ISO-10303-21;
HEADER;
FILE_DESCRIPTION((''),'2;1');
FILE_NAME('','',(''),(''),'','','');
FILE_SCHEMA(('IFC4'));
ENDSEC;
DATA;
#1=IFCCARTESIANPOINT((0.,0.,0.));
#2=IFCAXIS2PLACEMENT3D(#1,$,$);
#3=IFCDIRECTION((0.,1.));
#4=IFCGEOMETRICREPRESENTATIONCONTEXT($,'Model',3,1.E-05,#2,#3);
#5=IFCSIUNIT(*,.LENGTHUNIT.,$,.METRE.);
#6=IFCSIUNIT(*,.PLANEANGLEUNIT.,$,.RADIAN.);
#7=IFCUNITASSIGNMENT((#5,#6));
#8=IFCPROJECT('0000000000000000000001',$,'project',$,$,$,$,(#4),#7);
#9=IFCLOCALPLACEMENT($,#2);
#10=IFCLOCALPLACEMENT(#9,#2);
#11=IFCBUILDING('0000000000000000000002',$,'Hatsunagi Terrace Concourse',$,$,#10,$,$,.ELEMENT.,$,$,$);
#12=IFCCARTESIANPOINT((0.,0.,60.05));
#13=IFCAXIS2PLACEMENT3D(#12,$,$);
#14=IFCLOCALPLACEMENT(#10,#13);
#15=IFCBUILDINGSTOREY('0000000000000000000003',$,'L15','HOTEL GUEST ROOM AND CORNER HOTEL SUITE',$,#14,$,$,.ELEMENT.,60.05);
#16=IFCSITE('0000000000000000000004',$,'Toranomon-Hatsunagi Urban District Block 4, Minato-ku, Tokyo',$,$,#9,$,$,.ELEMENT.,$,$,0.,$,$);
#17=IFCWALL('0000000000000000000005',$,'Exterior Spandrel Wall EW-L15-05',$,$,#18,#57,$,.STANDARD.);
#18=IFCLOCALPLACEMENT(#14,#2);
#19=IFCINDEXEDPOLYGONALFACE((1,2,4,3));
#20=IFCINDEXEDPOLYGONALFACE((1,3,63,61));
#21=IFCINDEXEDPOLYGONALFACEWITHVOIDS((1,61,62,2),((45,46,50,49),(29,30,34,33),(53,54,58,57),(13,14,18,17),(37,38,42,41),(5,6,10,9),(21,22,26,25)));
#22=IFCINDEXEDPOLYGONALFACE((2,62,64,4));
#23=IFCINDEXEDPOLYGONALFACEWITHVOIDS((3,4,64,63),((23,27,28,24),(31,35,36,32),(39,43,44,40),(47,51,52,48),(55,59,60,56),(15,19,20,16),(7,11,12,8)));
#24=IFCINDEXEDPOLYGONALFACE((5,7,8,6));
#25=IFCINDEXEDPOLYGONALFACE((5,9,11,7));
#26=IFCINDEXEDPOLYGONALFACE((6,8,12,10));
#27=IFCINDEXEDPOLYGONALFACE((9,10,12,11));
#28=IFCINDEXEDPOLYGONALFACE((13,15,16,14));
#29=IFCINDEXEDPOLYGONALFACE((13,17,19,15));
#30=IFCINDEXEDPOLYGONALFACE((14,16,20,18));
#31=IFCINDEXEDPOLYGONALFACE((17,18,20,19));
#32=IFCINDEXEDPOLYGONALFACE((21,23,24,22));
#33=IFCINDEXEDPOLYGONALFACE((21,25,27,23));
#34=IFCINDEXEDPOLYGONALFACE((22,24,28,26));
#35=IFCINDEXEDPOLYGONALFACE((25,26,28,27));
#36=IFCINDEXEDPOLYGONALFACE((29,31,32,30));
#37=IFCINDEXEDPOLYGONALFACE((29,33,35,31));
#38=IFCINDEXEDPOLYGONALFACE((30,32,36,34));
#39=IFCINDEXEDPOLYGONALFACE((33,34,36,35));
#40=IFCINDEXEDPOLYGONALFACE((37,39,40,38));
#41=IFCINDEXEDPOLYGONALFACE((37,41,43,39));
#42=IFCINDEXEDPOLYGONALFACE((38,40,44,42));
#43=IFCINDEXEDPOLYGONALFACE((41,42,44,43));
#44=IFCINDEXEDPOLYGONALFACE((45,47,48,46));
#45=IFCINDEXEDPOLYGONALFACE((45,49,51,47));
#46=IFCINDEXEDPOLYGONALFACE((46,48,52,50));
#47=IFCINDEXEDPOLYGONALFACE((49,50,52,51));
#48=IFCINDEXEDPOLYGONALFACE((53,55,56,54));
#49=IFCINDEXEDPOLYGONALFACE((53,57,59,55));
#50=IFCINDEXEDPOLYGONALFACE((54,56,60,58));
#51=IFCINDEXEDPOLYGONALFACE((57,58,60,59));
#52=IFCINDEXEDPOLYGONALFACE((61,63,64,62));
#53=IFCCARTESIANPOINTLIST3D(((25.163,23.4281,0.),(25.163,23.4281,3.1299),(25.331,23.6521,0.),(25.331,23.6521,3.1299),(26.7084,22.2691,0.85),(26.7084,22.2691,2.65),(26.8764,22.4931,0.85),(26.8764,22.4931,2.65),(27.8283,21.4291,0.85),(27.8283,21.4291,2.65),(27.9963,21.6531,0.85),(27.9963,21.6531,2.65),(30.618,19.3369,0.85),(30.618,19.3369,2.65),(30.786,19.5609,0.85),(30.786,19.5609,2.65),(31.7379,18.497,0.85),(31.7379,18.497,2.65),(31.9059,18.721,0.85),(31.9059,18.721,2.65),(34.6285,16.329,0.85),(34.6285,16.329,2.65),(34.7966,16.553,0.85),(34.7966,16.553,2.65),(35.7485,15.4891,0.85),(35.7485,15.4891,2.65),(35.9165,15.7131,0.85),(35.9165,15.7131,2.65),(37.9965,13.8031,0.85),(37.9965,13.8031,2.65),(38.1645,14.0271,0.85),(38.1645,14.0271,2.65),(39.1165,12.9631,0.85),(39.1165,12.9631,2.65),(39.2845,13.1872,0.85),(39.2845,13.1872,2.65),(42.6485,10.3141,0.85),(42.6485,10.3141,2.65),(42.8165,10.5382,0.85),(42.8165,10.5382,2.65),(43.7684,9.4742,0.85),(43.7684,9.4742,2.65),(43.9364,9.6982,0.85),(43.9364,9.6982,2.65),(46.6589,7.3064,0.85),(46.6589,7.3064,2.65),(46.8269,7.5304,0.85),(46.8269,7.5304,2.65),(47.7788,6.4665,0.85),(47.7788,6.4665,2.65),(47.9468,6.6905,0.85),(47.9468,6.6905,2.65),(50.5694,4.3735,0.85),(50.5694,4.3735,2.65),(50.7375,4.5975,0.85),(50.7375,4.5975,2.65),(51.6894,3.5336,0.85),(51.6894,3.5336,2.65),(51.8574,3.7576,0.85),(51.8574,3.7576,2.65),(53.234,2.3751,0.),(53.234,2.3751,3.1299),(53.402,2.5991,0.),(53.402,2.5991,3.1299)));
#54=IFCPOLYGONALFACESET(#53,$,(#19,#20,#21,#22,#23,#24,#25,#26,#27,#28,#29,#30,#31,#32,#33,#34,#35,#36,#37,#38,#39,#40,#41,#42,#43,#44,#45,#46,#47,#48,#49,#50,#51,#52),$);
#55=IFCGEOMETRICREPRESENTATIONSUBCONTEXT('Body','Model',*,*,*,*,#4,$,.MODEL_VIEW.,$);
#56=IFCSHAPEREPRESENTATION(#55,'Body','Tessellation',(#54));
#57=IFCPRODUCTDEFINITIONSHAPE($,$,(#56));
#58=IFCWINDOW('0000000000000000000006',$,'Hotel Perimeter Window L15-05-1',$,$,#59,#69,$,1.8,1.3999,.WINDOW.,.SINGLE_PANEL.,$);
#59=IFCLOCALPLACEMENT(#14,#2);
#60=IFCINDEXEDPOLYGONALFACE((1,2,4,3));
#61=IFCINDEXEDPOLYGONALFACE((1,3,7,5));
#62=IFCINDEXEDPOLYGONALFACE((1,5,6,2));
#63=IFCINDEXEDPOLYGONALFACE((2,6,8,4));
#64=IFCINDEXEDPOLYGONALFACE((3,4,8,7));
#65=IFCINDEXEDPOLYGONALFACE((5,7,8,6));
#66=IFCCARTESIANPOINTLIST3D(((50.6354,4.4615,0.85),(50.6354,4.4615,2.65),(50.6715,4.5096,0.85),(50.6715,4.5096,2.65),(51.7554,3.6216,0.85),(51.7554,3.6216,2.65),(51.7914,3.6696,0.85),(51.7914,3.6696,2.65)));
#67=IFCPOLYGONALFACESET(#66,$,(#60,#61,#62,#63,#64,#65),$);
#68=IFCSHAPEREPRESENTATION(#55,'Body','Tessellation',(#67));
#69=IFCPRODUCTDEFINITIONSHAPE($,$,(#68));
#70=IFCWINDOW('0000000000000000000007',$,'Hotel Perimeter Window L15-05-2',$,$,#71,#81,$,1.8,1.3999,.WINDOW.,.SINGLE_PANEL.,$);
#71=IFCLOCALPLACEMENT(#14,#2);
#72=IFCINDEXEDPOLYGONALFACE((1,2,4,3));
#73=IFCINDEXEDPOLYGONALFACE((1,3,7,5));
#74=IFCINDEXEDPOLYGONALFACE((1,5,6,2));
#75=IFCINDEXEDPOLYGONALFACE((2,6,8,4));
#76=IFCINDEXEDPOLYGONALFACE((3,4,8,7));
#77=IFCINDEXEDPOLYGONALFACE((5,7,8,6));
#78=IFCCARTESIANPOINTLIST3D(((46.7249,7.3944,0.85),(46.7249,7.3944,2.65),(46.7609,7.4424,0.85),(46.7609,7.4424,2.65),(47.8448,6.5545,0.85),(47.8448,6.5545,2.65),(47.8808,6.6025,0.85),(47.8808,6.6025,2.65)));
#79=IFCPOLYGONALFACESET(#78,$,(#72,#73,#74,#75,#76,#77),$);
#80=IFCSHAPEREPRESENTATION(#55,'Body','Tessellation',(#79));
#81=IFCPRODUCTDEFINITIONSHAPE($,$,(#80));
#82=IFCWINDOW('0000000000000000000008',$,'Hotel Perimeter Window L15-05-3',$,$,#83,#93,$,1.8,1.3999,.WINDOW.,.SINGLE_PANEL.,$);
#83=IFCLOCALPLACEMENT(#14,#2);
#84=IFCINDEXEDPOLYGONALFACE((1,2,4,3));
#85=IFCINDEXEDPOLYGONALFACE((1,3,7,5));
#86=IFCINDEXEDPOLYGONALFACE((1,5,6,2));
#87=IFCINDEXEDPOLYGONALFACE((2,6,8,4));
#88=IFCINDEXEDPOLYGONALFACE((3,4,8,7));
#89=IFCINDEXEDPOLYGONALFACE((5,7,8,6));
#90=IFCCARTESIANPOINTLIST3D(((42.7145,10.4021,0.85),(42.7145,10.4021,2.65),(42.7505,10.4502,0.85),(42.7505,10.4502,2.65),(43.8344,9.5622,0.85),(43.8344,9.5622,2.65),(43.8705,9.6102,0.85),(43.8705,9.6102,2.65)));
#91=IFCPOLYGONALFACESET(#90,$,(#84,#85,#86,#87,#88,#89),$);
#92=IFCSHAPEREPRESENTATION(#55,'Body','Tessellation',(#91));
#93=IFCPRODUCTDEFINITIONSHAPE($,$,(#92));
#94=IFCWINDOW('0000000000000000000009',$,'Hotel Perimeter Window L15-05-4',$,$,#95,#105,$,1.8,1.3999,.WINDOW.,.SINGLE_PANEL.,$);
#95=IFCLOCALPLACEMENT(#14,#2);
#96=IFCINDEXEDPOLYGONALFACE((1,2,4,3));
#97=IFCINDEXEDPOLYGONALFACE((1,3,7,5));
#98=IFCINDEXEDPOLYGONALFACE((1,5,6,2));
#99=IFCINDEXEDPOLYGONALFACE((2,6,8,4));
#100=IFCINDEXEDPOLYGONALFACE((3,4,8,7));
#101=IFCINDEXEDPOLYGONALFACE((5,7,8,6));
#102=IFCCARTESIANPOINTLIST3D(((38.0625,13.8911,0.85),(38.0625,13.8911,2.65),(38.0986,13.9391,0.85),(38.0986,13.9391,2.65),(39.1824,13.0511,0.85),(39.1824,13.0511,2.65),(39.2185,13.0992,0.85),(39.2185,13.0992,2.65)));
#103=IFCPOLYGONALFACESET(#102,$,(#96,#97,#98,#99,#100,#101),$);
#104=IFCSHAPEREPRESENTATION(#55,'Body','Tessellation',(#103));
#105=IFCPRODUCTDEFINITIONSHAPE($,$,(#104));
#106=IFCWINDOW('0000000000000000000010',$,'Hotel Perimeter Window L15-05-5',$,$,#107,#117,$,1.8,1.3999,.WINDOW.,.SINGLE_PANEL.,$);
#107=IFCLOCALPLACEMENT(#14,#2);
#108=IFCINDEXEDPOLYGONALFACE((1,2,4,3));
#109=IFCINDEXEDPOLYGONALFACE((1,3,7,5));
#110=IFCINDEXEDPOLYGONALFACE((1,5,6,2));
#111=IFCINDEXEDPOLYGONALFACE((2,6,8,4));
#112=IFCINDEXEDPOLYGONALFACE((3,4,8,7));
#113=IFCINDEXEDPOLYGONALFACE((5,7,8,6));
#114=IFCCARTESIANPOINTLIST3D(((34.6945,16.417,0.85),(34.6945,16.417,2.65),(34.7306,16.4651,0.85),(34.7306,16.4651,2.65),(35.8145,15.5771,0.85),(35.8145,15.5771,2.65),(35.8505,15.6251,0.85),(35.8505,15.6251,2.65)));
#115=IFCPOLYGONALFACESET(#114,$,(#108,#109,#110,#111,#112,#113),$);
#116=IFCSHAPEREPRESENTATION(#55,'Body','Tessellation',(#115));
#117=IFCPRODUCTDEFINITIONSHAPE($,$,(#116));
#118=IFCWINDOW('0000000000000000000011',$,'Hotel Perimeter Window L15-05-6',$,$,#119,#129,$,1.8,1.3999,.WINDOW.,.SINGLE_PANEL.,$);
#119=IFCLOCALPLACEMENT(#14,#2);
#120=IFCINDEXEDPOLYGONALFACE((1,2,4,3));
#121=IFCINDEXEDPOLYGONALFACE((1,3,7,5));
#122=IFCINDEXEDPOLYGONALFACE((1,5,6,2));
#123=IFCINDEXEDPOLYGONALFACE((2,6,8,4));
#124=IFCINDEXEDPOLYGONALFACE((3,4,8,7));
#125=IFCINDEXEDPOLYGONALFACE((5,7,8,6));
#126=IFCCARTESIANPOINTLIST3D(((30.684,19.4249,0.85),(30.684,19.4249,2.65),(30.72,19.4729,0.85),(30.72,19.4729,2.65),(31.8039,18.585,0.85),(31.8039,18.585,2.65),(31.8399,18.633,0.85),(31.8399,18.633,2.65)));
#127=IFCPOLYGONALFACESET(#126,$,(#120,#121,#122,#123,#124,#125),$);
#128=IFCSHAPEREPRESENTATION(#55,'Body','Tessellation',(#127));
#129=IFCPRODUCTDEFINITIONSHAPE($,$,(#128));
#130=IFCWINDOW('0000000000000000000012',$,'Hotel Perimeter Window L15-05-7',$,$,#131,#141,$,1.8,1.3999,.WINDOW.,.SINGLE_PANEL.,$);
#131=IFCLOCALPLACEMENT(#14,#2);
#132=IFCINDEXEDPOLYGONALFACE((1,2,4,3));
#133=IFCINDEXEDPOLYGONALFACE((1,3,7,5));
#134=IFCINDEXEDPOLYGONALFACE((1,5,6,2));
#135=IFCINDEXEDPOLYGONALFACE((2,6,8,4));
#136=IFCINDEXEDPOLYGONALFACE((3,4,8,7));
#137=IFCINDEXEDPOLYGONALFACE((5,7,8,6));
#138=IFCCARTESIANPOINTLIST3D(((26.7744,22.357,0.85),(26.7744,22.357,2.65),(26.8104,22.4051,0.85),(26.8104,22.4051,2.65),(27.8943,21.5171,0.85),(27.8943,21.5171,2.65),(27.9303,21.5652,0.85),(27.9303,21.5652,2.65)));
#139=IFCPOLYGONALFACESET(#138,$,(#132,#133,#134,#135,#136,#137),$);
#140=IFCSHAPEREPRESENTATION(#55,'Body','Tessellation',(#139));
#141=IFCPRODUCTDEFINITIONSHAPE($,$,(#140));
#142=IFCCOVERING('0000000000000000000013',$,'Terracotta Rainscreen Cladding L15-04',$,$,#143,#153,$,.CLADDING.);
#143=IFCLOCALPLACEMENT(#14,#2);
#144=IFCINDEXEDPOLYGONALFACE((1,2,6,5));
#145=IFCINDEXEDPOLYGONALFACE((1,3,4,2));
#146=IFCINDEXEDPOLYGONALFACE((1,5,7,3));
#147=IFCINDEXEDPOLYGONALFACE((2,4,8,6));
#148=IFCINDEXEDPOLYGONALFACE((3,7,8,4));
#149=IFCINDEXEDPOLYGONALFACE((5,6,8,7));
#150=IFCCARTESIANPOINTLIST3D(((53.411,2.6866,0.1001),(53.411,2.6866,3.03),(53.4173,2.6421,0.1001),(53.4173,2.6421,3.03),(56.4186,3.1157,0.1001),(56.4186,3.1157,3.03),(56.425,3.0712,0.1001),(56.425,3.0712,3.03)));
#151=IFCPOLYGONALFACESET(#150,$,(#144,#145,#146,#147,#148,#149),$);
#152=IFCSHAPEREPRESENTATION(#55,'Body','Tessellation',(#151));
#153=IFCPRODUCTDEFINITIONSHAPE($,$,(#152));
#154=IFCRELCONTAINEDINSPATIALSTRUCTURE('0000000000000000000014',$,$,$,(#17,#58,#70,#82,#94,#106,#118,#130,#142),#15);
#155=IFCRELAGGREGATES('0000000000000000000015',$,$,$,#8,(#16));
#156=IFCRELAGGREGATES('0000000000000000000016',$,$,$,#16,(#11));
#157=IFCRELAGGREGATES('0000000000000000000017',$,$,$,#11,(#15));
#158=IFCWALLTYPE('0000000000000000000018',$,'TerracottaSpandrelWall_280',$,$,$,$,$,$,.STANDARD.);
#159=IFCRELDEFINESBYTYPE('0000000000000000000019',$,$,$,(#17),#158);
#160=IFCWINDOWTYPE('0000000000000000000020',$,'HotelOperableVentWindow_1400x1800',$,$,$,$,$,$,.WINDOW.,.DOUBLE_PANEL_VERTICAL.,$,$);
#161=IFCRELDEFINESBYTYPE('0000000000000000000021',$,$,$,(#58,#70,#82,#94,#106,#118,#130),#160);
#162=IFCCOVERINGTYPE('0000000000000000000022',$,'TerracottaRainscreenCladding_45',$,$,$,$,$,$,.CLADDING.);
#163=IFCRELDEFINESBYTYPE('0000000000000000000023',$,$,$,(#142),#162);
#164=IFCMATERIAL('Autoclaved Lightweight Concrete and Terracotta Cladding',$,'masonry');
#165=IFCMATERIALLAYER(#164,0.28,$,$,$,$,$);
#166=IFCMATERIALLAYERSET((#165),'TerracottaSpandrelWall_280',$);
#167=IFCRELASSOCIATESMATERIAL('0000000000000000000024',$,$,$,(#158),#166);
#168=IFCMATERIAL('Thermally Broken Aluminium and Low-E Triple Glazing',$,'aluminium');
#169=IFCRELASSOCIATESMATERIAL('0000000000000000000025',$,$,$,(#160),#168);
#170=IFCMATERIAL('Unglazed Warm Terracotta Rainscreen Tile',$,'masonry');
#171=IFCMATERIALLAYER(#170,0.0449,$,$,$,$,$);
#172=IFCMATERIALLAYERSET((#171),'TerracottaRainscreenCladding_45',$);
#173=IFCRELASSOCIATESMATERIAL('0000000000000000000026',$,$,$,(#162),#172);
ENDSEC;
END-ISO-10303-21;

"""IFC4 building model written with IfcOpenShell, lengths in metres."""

from ifc_helpers import new_model, si_unit, direction, frame, frame_2d, origin, origin_2d, place, context, subcontext, project, spatial, rectangle, extrude, material, layer, layer_set, type_object, element, fill, save


model = new_model("IFC4")

# Units and contexts
model_context = context("Model", 3, precision=1e-05, world=origin(), true_north=direction((0.0, 1.0)))
body_context = subcontext(model_context, "Body", "Model", "MODEL_VIEW")
ifc_project = project(units=[si_unit("LENGTHUNIT", "METRE"), si_unit("PLANEANGLEUNIT", "RADIAN")], contexts=[model_context])

# Site, building, storey
site_placement = place(None, origin())
site = spatial("IfcSite", under=ifc_project, at=site_placement, Name="Toranomon-Hatsunagi Urban District Block 4, Minato-ku, Tokyo", CompositionType="ELEMENT", RefElevation=0.0)
building_placement = place(site_placement, origin())
building = spatial("IfcBuilding", under=site, at=building_placement, Name="Hatsunagi Terrace Concourse", CompositionType="ELEMENT")
storey_placement = place(building_placement, frame((0.0, 0.0, 60.05)))
storey = spatial("IfcBuildingStorey", under=building, at=storey_placement, Name="L15", Description="HOTEL GUEST ROOM AND CORNER HOTEL SUITE", CompositionType="ELEMENT", Elevation=60.05)

# Wall, openings, windows
ifc_material_1 = material(Name="Autoclaved Lightweight Concrete and Terracotta Cladding", Category="masonry")
ifc_layer_1 = layer(ifc_material_1, 0.28)
ifc_layer_set_1 = layer_set([ifc_layer_1], Name="TerracottaSpandrelWall_280")
wall_type_1 = type_object("IfcWallType", Name="TerracottaSpandrelWall_280", PredefinedType="STANDARD", material=ifc_layer_set_1)
wall_1_placement = place(storey_placement, frame((53.3181, 2.4871, 0.0), z_axis=(0.0, 0.0, 1.0), x_axis=(-0.800004, 0.599994, 0.0)))
wall_1 = element("IfcWall", 1, at=wall_1_placement, inside=storey, type_object=wall_type_1, Name="Exterior Spandrel Wall EW-L15-05", PredefinedType="STANDARD", context=body_context, shape_type="SweptSolid", body=[
    extrude(rectangle(XDim=35.0886, YDim=0.28, at=frame_2d((17.5444, 0.0))), origin(), (0.0, 0.0, 1.0), 3.1299),
])
opening_1_placement = place(wall_1_placement, frame((1.9309, 0.0, 0.8501)))
opening_1 = element("IfcOpeningElement", 2, at=opening_1_placement, cuts=wall_1, PredefinedType="OPENING", context=body_context, shape_type="SweptSolid", body=[
    extrude(rectangle(XDim=1.3999, YDim=1.8, at=frame_2d((0.7, 0.8999))), frame((0.0, 0.1499, 0.0), z_axis=(0.0, -1.0, 0.0), x_axis=(1.0, 0.0, 0.0)), (0.0, 0.0, 1.0), 0.3),
])
opening_2_placement = place(wall_1_placement, frame((6.8191, 0.0, 0.8501)))
opening_2 = element("IfcOpeningElement", 3, at=opening_2_placement, cuts=wall_1, PredefinedType="OPENING", context=body_context, shape_type="SweptSolid", body=[
    extrude(rectangle(XDim=1.3999, YDim=1.8, at=frame_2d((0.7, 0.8999))), frame((0.0, 0.1499, 0.0), z_axis=(0.0, -1.0, 0.0), x_axis=(1.0, 0.0, 0.0)), (0.0, 0.0, 1.0), 0.3),
])
opening_3_placement = place(wall_1_placement, frame((11.832, 0.0, 0.8501)))
opening_3 = element("IfcOpeningElement", 4, at=opening_3_placement, cuts=wall_1, PredefinedType="OPENING", context=body_context, shape_type="SweptSolid", body=[
    extrude(rectangle(XDim=1.3999, YDim=1.8, at=frame_2d((0.7, 0.8999))), frame((0.0, 0.1499, 0.0), z_axis=(0.0, -1.0, 0.0), x_axis=(1.0, 0.0, 0.0)), (0.0, 0.0, 1.0), 0.3),
])
opening_4_placement = place(wall_1_placement, frame((17.647, 0.0, 0.8501)))
opening_4 = element("IfcOpeningElement", 5, at=opening_4_placement, cuts=wall_1, PredefinedType="OPENING", context=body_context, shape_type="SweptSolid", body=[
    extrude(rectangle(XDim=1.3999, YDim=1.8, at=frame_2d((0.7, 0.8999))), frame((0.0, 0.1499, 0.0), z_axis=(0.0, -1.0, 0.0), x_axis=(1.0, 0.0, 0.0)), (0.0, 0.0, 1.0), 0.3),
])
opening_5_placement = place(wall_1_placement, frame((21.8569, 0.0, 0.8501)))
opening_5 = element("IfcOpeningElement", 6, at=opening_5_placement, cuts=wall_1, PredefinedType="OPENING", context=body_context, shape_type="SweptSolid", body=[
    extrude(rectangle(XDim=1.3999, YDim=1.8, at=frame_2d((0.7, 0.8999))), frame((0.0, 0.1499, 0.0), z_axis=(0.0, -1.0, 0.0), x_axis=(1.0, 0.0, 0.0)), (0.0, 0.0, 1.0), 0.3),
])
opening_6_placement = place(wall_1_placement, frame((26.8701, 0.0, 0.8501)))
opening_6 = element("IfcOpeningElement", 7, at=opening_6_placement, cuts=wall_1, PredefinedType="OPENING", context=body_context, shape_type="SweptSolid", body=[
    extrude(rectangle(XDim=1.3999, YDim=1.8, at=frame_2d((0.7, 0.8999))), frame((0.0, 0.1499, 0.0), z_axis=(0.0, -1.0, 0.0), x_axis=(1.0, 0.0, 0.0)), (0.0, 0.0, 1.0), 0.3),
])
opening_7_placement = place(wall_1_placement, frame((31.7571, 0.0, 0.8501)))
opening_7 = element("IfcOpeningElement", 8, at=opening_7_placement, cuts=wall_1, PredefinedType="OPENING", context=body_context, shape_type="SweptSolid", body=[
    extrude(rectangle(XDim=1.3999, YDim=1.8, at=frame_2d((0.7, 0.8999))), frame((0.0, 0.1499, 0.0), z_axis=(0.0, -1.0, 0.0), x_axis=(1.0, 0.0, 0.0)), (0.0, 0.0, 1.0), 0.3),
])
ifc_material_2 = material(Name="Thermally Broken Aluminium and Low-E Triple Glazing", Category="aluminium")
window_type = type_object("IfcWindowType", Name="HotelOperableVentWindow_1400x1800", PartitioningType="DOUBLE_PANEL_VERTICAL", PredefinedType="WINDOW", material=ifc_material_2)
window_1_placement = place(opening_1_placement, origin())
window_1 = element("IfcWindow", 9, at=window_1_placement, inside=storey, type_object=window_type, Name="Hotel Perimeter Window L15-05-1", OverallHeight=1.8, OverallWidth=1.3999, PartitioningType="SINGLE_PANEL", PredefinedType="WINDOW", context=body_context, shape_type="SweptSolid", body=[
    extrude(rectangle(XDim=1.3999, YDim=1.8, at=frame_2d((0.7, 0.8999))), frame((0.0, 0.03, 0.0), z_axis=(0.0, -1.0, 0.0), x_axis=(1.0, 0.0, 0.0)), (0.0, 0.0, 1.0), 0.0601),
])
fill(opening_1, window_1)
window_2_placement = place(opening_2_placement, origin())
window_2 = element("IfcWindow", 10, at=window_2_placement, inside=storey, type_object=window_type, Name="Hotel Perimeter Window L15-05-2", OverallHeight=1.8, OverallWidth=1.3999, PartitioningType="SINGLE_PANEL", PredefinedType="WINDOW", context=body_context, shape_type="SweptSolid", body=[
    extrude(rectangle(XDim=1.3999, YDim=1.8, at=frame_2d((0.7, 0.8999))), frame((0.0, 0.03, 0.0), z_axis=(0.0, -1.0, 0.0), x_axis=(1.0, 0.0, 0.0)), (0.0, 0.0, 1.0), 0.0601),
])
fill(opening_2, window_2)
window_3_placement = place(opening_3_placement, origin())
window_3 = element("IfcWindow", 11, at=window_3_placement, inside=storey, type_object=window_type, Name="Hotel Perimeter Window L15-05-3", OverallHeight=1.8, OverallWidth=1.3999, PartitioningType="SINGLE_PANEL", PredefinedType="WINDOW", context=body_context, shape_type="SweptSolid", body=[
    extrude(rectangle(XDim=1.3999, YDim=1.8, at=frame_2d((0.7, 0.8999))), frame((0.0, 0.03, 0.0), z_axis=(0.0, -1.0, 0.0), x_axis=(1.0, 0.0, 0.0)), (0.0, 0.0, 1.0), 0.0601),
])
fill(opening_3, window_3)
window_4_placement = place(opening_4_placement, origin())
window_4 = element("IfcWindow", 12, at=window_4_placement, inside=storey, type_object=window_type, Name="Hotel Perimeter Window L15-05-4", OverallHeight=1.8, OverallWidth=1.3999, PartitioningType="SINGLE_PANEL", PredefinedType="WINDOW", context=body_context, shape_type="SweptSolid", body=[
    extrude(rectangle(XDim=1.3999, YDim=1.8, at=frame_2d((0.7, 0.8999))), frame((0.0, 0.03, 0.0), z_axis=(0.0, -1.0, 0.0), x_axis=(1.0, 0.0, 0.0)), (0.0, 0.0, 1.0), 0.0601),
])
fill(opening_4, window_4)
window_5_placement = place(opening_5_placement, origin())
window_5 = element("IfcWindow", 13, at=window_5_placement, inside=storey, type_object=window_type, Name="Hotel Perimeter Window L15-05-5", OverallHeight=1.8, OverallWidth=1.3999, PartitioningType="SINGLE_PANEL", PredefinedType="WINDOW", context=body_context, shape_type="SweptSolid", body=[
    extrude(rectangle(XDim=1.3999, YDim=1.8, at=frame_2d((0.7, 0.8999))), frame((0.0, 0.03, 0.0), z_axis=(0.0, -1.0, 0.0), x_axis=(1.0, 0.0, 0.0)), (0.0, 0.0, 1.0), 0.0601),
])
fill(opening_5, window_5)
window_6_placement = place(opening_6_placement, origin())
window_6 = element("IfcWindow", 14, at=window_6_placement, inside=storey, type_object=window_type, Name="Hotel Perimeter Window L15-05-6", OverallHeight=1.8, OverallWidth=1.3999, PartitioningType="SINGLE_PANEL", PredefinedType="WINDOW", context=body_context, shape_type="SweptSolid", body=[
    extrude(rectangle(XDim=1.3999, YDim=1.8, at=frame_2d((0.7, 0.8999))), frame((0.0, 0.03, 0.0), z_axis=(0.0, -1.0, 0.0), x_axis=(1.0, 0.0, 0.0)), (0.0, 0.0, 1.0), 0.0601),
])
fill(opening_6, window_6)
window_7_placement = place(opening_7_placement, origin())
window_7 = element("IfcWindow", 15, at=window_7_placement, inside=storey, type_object=window_type, Name="Hotel Perimeter Window L15-05-7", OverallHeight=1.8, OverallWidth=1.3999, PartitioningType="SINGLE_PANEL", PredefinedType="WINDOW", context=body_context, shape_type="SweptSolid", body=[
    extrude(rectangle(XDim=1.3999, YDim=1.8, at=frame_2d((0.7, 0.8999))), frame((0.0, 0.03, 0.0), z_axis=(0.0, -1.0, 0.0), x_axis=(1.0, 0.0, 0.0)), (0.0, 0.0, 1.0), 0.0601),
])
fill(opening_7, window_7)

# Covering
ifc_material_3 = material(Name="Unglazed Warm Terracotta Rainscreen Tile", Category="masonry")
ifc_layer_2 = layer(ifc_material_3, 0.0449)
ifc_layer_set_2 = layer_set([ifc_layer_2], Name="TerracottaRainscreenCladding_45")
covering_type = type_object("IfcCoveringType", Name="TerracottaRainscreenCladding_45", PredefinedType="CLADDING", material=ifc_layer_set_2)
covering_placement = place(storey_placement, frame((54.918, 2.8789, 0.1001), z_axis=(0.0, 0.0, 1.0), x_axis=(-0.989974, -0.14125, 0.0)))
element("IfcCovering", 16, at=covering_placement, inside=storey, type_object=covering_type, Name="Terracotta Rainscreen Cladding L15-04", PredefinedType="CLADDING", context=body_context, shape_type="SweptSolid", body=[
    extrude(rectangle(XDim=3.0381, YDim=0.0449, at=origin_2d()), origin(), (0.0, 0.0, 1.0), 2.9299),
])

save(model, "model.ifc")
